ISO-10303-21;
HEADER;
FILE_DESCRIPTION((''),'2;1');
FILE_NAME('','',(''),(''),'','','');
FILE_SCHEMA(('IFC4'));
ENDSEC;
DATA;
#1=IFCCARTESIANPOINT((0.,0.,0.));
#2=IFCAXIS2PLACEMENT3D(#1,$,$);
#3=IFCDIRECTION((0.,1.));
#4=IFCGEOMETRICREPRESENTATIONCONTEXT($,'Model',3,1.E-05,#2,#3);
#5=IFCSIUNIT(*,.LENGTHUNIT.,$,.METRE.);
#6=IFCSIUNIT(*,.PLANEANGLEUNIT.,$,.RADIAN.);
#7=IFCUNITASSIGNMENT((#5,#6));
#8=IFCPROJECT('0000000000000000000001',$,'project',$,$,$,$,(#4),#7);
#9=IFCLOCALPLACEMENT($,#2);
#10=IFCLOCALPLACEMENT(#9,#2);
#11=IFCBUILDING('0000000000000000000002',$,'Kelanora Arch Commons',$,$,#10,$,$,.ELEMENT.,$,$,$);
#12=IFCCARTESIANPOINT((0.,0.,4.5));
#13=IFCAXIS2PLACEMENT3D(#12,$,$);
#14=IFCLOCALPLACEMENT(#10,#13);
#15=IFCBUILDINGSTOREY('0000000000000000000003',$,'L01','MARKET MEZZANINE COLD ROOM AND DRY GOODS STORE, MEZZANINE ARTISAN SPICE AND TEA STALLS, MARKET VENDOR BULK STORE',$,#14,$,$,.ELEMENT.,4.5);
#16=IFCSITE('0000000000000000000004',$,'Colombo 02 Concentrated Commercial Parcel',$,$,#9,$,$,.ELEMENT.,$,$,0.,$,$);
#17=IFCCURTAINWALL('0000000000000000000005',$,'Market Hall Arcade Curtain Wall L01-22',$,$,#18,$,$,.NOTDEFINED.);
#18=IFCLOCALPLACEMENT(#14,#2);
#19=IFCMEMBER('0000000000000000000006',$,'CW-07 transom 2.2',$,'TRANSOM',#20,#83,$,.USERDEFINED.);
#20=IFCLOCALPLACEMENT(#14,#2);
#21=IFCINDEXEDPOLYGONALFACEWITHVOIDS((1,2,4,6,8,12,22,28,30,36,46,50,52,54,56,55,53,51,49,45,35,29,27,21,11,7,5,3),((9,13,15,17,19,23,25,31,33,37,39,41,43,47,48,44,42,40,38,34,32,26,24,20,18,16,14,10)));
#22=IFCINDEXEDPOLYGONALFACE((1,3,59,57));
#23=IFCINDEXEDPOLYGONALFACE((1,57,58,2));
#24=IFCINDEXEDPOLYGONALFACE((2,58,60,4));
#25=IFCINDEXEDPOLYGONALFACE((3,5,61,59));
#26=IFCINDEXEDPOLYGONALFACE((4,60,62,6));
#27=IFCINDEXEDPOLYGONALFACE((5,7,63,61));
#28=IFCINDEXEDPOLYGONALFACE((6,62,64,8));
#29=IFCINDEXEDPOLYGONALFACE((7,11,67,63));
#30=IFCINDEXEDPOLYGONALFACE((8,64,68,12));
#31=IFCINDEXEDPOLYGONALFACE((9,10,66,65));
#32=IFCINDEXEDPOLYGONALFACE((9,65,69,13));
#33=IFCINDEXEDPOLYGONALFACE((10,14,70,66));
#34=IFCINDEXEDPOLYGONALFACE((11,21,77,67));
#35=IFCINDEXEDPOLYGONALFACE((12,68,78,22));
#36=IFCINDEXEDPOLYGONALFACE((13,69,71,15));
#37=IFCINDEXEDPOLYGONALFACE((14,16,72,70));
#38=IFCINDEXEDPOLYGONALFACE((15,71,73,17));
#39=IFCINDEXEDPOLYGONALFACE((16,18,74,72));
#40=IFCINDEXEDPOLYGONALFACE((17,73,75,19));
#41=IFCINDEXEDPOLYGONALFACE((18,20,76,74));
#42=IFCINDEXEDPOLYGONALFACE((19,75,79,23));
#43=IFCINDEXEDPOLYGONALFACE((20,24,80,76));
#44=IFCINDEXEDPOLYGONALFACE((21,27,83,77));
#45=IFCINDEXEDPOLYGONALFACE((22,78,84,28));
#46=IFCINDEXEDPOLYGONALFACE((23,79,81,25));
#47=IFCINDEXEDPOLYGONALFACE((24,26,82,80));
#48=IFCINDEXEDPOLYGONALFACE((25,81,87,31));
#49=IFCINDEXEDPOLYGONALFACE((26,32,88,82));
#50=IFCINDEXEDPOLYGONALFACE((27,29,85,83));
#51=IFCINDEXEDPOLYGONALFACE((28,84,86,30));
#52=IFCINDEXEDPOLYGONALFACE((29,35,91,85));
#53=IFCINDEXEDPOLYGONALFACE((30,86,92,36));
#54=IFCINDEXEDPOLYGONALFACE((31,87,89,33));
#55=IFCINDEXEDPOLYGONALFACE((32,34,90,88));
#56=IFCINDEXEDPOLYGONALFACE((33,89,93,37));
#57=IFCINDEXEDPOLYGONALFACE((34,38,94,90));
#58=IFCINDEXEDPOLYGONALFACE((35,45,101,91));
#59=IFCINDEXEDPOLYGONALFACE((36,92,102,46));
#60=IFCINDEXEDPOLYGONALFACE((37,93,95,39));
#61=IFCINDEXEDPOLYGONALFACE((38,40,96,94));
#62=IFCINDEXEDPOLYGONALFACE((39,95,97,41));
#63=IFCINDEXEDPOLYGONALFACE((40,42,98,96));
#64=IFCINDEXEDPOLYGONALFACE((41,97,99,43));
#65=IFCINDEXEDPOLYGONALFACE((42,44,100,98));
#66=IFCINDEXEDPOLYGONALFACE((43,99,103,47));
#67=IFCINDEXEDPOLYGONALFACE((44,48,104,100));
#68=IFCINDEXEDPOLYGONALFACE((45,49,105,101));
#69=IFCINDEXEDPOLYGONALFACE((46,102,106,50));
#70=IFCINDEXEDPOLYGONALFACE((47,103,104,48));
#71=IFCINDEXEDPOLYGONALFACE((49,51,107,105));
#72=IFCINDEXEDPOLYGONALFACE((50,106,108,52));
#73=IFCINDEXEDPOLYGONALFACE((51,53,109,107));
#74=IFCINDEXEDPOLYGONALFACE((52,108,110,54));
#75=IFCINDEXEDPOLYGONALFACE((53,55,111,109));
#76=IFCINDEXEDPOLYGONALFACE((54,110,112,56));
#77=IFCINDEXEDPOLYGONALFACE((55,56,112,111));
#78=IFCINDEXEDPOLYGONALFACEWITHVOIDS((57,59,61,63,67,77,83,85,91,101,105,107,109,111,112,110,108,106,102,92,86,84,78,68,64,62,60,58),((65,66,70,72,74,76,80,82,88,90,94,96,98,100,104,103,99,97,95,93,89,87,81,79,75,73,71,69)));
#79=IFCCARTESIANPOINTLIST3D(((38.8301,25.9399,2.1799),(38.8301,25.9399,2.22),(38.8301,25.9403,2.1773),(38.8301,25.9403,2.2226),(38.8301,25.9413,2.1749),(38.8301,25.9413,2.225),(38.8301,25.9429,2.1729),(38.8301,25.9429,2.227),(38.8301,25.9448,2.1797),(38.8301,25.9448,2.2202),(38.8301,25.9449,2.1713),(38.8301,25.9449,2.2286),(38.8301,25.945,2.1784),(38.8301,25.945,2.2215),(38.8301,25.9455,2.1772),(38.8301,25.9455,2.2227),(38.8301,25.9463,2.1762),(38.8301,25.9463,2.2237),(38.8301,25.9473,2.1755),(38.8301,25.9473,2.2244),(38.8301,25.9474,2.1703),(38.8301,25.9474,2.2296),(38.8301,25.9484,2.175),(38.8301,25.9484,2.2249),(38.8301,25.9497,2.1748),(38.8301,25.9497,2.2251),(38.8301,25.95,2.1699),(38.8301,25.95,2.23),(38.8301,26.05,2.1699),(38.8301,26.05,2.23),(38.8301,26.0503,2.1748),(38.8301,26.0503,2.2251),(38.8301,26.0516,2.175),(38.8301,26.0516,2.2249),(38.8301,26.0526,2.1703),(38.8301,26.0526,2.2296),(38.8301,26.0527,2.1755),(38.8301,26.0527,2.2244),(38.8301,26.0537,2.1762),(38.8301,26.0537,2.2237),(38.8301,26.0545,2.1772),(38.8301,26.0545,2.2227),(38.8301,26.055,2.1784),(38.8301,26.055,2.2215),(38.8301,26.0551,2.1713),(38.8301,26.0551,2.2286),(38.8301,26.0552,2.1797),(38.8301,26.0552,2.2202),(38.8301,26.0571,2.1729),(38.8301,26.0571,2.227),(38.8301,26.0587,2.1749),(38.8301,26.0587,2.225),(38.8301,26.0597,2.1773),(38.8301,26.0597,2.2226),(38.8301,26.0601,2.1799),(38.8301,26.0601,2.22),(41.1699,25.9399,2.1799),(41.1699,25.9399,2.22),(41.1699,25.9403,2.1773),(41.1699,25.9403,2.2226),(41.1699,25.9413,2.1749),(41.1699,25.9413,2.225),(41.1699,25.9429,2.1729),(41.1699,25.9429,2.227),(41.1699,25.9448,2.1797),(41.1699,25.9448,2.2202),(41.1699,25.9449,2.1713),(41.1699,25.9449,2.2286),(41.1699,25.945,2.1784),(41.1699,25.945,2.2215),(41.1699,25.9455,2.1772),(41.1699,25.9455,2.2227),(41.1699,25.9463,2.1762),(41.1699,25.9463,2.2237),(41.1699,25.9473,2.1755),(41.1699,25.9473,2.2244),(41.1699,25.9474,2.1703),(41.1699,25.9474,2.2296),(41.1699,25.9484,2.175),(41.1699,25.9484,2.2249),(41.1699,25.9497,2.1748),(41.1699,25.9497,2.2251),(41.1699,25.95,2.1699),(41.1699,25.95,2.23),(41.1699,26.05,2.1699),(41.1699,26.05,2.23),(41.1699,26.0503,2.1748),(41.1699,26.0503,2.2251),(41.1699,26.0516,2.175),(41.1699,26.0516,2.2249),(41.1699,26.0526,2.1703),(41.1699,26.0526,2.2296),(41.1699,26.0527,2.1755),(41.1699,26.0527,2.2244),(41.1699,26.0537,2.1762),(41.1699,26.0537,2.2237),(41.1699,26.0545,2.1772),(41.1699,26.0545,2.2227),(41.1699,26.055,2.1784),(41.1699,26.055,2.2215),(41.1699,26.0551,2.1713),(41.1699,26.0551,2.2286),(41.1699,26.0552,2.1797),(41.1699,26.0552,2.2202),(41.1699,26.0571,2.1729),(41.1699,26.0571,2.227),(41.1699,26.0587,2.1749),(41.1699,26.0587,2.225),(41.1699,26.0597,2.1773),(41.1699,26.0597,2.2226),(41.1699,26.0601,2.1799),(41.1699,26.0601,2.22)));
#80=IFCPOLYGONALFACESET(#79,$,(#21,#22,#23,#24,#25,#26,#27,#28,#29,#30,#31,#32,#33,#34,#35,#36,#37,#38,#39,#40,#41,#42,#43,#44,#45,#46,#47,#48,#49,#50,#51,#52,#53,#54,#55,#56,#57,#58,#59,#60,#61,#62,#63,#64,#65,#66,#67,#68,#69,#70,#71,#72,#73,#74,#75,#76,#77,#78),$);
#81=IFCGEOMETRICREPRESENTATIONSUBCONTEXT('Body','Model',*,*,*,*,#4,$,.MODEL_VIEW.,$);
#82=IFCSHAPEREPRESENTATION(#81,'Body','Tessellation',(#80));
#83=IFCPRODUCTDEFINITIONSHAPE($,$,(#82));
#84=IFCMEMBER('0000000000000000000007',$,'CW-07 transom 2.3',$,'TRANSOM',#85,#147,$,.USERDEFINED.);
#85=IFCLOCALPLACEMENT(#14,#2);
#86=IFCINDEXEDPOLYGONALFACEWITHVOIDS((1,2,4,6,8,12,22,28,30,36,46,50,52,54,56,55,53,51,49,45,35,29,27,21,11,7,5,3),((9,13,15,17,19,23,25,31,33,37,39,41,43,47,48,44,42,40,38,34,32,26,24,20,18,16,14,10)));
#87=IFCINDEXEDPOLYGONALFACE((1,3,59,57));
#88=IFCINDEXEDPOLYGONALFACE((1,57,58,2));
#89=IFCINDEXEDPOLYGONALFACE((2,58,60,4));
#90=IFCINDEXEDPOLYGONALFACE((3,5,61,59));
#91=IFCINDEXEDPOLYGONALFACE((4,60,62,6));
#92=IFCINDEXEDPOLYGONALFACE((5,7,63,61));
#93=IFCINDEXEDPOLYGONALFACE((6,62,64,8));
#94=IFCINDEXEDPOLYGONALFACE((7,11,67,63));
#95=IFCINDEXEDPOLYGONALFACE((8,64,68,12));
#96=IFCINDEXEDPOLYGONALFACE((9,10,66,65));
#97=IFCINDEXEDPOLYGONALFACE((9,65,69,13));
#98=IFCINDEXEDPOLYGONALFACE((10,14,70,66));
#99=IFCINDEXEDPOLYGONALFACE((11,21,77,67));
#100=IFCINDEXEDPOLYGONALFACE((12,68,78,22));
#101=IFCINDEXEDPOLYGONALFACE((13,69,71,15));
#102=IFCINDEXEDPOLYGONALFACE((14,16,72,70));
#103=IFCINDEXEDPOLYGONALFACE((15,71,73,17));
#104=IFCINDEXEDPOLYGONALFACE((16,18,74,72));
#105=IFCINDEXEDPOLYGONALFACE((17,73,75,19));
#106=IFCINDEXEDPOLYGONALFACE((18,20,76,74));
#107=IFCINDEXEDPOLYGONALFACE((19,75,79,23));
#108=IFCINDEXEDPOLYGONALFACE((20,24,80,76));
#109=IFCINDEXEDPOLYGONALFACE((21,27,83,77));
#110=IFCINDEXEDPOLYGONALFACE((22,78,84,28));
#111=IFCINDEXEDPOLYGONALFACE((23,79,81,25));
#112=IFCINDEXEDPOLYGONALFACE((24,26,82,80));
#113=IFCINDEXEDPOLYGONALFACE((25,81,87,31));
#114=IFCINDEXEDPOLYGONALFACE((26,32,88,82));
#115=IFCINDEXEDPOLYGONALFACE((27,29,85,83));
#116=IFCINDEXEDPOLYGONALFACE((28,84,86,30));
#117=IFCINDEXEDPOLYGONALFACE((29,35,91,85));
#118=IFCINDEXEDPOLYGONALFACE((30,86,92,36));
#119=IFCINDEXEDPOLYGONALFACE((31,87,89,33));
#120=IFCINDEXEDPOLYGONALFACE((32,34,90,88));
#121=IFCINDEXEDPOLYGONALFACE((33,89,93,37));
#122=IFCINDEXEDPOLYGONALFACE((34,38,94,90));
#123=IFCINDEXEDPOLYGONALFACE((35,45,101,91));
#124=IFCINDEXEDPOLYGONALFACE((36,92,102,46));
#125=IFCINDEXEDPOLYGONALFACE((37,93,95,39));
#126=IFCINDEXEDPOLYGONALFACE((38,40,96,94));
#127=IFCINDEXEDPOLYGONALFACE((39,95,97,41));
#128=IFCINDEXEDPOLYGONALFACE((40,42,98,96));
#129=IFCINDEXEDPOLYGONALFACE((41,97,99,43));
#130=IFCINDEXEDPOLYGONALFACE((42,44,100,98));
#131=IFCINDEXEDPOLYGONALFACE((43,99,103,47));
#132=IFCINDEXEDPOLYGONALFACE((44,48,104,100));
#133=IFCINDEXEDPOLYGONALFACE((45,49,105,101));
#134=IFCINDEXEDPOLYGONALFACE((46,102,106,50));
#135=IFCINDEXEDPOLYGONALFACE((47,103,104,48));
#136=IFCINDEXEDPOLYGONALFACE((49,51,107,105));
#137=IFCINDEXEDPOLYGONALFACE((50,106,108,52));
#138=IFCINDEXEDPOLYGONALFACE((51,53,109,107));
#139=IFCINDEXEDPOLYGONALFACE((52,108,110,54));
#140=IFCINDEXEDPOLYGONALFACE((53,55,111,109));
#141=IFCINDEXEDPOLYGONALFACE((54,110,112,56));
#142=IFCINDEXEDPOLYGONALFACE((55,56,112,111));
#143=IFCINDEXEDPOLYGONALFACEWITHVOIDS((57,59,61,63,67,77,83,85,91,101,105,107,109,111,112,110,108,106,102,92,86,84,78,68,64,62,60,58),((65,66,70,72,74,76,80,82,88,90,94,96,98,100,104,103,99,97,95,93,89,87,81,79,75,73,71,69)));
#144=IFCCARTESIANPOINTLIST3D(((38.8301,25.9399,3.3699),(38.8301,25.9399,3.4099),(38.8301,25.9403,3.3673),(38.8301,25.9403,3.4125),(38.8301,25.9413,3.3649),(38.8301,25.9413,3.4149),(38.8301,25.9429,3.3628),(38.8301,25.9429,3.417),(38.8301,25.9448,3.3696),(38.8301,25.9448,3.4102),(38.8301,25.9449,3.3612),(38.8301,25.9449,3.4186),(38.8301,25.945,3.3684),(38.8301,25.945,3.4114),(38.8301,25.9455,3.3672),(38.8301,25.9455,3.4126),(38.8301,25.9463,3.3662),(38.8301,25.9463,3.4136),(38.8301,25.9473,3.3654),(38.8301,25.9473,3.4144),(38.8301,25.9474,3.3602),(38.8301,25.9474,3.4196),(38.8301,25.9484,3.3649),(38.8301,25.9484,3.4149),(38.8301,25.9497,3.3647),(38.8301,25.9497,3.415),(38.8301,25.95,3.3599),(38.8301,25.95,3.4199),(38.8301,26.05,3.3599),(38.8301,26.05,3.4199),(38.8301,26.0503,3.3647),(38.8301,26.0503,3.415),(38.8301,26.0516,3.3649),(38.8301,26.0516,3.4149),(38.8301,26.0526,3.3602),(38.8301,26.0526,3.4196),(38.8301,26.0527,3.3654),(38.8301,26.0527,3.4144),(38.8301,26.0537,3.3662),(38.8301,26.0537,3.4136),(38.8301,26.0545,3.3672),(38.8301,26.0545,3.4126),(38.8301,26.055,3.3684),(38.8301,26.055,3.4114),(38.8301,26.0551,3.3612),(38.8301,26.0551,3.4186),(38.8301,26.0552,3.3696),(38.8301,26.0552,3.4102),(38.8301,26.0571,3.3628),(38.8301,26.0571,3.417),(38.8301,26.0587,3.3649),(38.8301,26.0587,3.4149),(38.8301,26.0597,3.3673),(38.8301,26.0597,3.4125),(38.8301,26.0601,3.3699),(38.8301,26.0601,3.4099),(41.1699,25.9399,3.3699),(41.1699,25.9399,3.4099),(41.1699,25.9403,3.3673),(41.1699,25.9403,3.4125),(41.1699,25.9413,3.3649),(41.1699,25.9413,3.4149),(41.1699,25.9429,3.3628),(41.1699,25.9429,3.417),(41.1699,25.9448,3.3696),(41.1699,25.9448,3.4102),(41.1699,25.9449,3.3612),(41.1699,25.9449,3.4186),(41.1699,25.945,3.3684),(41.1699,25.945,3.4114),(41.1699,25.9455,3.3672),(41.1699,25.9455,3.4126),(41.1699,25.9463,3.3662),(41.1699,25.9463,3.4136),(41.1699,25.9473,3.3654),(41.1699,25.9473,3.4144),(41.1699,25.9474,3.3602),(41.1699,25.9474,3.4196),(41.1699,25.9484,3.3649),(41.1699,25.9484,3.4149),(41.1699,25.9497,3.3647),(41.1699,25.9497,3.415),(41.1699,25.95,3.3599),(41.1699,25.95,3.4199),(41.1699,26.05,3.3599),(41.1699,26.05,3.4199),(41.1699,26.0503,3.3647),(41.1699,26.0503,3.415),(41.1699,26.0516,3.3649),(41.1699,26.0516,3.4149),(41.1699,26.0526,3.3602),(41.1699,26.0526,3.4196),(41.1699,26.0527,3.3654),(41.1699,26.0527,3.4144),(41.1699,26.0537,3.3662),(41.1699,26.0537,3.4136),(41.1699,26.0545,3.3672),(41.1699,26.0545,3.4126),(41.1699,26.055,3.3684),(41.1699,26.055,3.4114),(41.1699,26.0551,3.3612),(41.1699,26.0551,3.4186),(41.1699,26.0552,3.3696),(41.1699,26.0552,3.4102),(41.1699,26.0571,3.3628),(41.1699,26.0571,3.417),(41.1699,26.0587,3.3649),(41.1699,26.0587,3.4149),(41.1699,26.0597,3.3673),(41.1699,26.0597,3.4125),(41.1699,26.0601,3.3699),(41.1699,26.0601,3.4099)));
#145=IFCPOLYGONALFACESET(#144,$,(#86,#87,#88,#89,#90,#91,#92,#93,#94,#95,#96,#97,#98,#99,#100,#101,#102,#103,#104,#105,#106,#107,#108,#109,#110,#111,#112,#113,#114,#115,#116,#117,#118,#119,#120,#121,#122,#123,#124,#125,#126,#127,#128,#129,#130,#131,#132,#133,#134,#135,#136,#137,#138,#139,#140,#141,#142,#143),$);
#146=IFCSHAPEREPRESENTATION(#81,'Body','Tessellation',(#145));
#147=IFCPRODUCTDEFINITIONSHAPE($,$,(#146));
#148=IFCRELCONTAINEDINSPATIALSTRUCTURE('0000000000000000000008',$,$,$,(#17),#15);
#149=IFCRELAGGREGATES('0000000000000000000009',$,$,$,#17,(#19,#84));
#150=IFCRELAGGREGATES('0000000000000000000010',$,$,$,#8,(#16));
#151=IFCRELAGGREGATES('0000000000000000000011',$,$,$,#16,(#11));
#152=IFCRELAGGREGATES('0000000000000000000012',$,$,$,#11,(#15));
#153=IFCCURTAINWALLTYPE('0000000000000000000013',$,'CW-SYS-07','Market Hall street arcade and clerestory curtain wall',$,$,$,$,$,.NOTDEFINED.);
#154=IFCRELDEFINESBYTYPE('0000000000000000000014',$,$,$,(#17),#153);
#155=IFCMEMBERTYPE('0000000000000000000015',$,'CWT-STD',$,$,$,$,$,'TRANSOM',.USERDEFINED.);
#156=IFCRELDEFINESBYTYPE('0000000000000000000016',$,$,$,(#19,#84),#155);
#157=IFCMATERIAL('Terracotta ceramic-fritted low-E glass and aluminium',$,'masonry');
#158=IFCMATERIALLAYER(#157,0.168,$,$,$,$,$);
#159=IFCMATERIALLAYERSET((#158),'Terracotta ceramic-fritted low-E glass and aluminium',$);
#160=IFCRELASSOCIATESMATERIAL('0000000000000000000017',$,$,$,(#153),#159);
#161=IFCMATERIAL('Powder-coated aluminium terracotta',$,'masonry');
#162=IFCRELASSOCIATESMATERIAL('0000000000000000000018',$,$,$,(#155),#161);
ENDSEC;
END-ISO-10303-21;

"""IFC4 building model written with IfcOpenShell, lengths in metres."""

from ifc_helpers import new_model, si_unit, direction, frame, origin, origin_2d, place, context, subcontext, project, spatial, hollow_rectangle, extrude, material, layer, layer_set, material_profile, profile_set, type_object, element, aggregate, save


model = new_model("IFC4")

# Units and contexts
model_context = context("Model", 3, precision=1e-05, world=origin(), true_north=direction((0.0, 1.0)))
body_context = subcontext(model_context, "Body", "Model", "MODEL_VIEW")
ifc_project = project(units=[si_unit("LENGTHUNIT", "METRE"), si_unit("PLANEANGLEUNIT", "RADIAN")], contexts=[model_context])

# Site, building, storey
site_placement = place(None, origin())
site = spatial("IfcSite", under=ifc_project, at=site_placement, Name="Colombo 02 Concentrated Commercial Parcel", CompositionType="ELEMENT", RefElevation=0.0)
building_placement = place(site_placement, origin())
building = spatial("IfcBuilding", under=site, at=building_placement, Name="Kelanora Arch Commons", CompositionType="ELEMENT")
storey_placement = place(building_placement, frame((0.0, 0.0, 4.5)))
storey = spatial("IfcBuildingStorey", under=building, at=storey_placement, Name="L01", Description="MARKET MEZZANINE COLD ROOM AND DRY GOODS STORE, MEZZANINE ARTISAN SPICE AND TEA STALLS, MARKET VENDOR BULK STORE", CompositionType="ELEMENT", Elevation=4.5)

# Curtain wall, members
ifc_material_1 = material(Name="Terracotta ceramic-fritted low-E glass and aluminium", Category="masonry")
ifc_layer_1 = layer(ifc_material_1, 0.168)
ifc_layer_set_1 = layer_set([ifc_layer_1], Name="Terracotta ceramic-fritted low-E glass and aluminium")
curtain_wall_type = type_object("IfcCurtainWallType", Name="CW-SYS-07", Description="Market Hall street arcade and clerestory curtain wall", PredefinedType="NOTDEFINED", material=ifc_layer_set_1)
curtain_wall_placement = place(storey_placement, origin())
curtain_wall = element("IfcCurtainWall", 1, at=curtain_wall_placement, inside=storey, type_object=curtain_wall_type, Name="Market Hall Arcade Curtain Wall L01-22", PredefinedType="NOTDEFINED")
ifc_material_2 = material(Name="Powder-coated aluminium terracotta", Category="masonry")
ifc_material_profile_1 = material_profile(ifc_material_2, hollow_rectangle(XDim=0.1201, YDim=0.0601, WallThickness=0.0049, InnerFilletRadius=0.0049, OuterFilletRadius=0.01, at=origin_2d()), Name="CWT120x60")
ifc_profile_set_1 = profile_set([ifc_material_profile_1], Name="Powder-coated aluminium terracotta")
member_type_1 = type_object("IfcMemberType", Name="CWT-STD", ElementType="TRANSOM", PredefinedType="USERDEFINED", material=ifc_profile_set_1)
member_1_placement = place(storey_placement, frame((41.1699, 26.0, 2.2), z_axis=(-1.0, 0.0, 0.0), x_axis=(0.0, -1.0, 0.0)))
member_1 = element("IfcMember", 2, at=member_1_placement, type_object=member_type_1, Name="CW-07 transom 2.2", ObjectType="TRANSOM", PredefinedType="USERDEFINED", context=body_context, shape_type="SweptSolid", body=[
    extrude(hollow_rectangle(XDim=0.1201, YDim=0.0601, WallThickness=0.0049, InnerFilletRadius=0.0049, OuterFilletRadius=0.01, at=origin_2d()), origin(), (0.0, 0.0, 1.0), 2.3398),
])
member_2_placement = place(storey_placement, frame((41.1699, 26.0, 3.3899), z_axis=(-1.0, 0.0, 0.0), x_axis=(0.0, -1.0, 0.0)))
member_2 = element("IfcMember", 3, at=member_2_placement, type_object=member_type_1, Name="CW-07 transom 2.3", ObjectType="TRANSOM", PredefinedType="USERDEFINED", context=body_context, shape_type="SweptSolid", body=[
    extrude(hollow_rectangle(XDim=0.1201, YDim=0.0601, WallThickness=0.0049, InnerFilletRadius=0.0049, OuterFilletRadius=0.01, at=origin_2d()), origin(), (0.0, 0.0, 1.0), 2.3398),
])
aggregate(curtain_wall, [member_1, member_2])

save(model, "model.ifc")
